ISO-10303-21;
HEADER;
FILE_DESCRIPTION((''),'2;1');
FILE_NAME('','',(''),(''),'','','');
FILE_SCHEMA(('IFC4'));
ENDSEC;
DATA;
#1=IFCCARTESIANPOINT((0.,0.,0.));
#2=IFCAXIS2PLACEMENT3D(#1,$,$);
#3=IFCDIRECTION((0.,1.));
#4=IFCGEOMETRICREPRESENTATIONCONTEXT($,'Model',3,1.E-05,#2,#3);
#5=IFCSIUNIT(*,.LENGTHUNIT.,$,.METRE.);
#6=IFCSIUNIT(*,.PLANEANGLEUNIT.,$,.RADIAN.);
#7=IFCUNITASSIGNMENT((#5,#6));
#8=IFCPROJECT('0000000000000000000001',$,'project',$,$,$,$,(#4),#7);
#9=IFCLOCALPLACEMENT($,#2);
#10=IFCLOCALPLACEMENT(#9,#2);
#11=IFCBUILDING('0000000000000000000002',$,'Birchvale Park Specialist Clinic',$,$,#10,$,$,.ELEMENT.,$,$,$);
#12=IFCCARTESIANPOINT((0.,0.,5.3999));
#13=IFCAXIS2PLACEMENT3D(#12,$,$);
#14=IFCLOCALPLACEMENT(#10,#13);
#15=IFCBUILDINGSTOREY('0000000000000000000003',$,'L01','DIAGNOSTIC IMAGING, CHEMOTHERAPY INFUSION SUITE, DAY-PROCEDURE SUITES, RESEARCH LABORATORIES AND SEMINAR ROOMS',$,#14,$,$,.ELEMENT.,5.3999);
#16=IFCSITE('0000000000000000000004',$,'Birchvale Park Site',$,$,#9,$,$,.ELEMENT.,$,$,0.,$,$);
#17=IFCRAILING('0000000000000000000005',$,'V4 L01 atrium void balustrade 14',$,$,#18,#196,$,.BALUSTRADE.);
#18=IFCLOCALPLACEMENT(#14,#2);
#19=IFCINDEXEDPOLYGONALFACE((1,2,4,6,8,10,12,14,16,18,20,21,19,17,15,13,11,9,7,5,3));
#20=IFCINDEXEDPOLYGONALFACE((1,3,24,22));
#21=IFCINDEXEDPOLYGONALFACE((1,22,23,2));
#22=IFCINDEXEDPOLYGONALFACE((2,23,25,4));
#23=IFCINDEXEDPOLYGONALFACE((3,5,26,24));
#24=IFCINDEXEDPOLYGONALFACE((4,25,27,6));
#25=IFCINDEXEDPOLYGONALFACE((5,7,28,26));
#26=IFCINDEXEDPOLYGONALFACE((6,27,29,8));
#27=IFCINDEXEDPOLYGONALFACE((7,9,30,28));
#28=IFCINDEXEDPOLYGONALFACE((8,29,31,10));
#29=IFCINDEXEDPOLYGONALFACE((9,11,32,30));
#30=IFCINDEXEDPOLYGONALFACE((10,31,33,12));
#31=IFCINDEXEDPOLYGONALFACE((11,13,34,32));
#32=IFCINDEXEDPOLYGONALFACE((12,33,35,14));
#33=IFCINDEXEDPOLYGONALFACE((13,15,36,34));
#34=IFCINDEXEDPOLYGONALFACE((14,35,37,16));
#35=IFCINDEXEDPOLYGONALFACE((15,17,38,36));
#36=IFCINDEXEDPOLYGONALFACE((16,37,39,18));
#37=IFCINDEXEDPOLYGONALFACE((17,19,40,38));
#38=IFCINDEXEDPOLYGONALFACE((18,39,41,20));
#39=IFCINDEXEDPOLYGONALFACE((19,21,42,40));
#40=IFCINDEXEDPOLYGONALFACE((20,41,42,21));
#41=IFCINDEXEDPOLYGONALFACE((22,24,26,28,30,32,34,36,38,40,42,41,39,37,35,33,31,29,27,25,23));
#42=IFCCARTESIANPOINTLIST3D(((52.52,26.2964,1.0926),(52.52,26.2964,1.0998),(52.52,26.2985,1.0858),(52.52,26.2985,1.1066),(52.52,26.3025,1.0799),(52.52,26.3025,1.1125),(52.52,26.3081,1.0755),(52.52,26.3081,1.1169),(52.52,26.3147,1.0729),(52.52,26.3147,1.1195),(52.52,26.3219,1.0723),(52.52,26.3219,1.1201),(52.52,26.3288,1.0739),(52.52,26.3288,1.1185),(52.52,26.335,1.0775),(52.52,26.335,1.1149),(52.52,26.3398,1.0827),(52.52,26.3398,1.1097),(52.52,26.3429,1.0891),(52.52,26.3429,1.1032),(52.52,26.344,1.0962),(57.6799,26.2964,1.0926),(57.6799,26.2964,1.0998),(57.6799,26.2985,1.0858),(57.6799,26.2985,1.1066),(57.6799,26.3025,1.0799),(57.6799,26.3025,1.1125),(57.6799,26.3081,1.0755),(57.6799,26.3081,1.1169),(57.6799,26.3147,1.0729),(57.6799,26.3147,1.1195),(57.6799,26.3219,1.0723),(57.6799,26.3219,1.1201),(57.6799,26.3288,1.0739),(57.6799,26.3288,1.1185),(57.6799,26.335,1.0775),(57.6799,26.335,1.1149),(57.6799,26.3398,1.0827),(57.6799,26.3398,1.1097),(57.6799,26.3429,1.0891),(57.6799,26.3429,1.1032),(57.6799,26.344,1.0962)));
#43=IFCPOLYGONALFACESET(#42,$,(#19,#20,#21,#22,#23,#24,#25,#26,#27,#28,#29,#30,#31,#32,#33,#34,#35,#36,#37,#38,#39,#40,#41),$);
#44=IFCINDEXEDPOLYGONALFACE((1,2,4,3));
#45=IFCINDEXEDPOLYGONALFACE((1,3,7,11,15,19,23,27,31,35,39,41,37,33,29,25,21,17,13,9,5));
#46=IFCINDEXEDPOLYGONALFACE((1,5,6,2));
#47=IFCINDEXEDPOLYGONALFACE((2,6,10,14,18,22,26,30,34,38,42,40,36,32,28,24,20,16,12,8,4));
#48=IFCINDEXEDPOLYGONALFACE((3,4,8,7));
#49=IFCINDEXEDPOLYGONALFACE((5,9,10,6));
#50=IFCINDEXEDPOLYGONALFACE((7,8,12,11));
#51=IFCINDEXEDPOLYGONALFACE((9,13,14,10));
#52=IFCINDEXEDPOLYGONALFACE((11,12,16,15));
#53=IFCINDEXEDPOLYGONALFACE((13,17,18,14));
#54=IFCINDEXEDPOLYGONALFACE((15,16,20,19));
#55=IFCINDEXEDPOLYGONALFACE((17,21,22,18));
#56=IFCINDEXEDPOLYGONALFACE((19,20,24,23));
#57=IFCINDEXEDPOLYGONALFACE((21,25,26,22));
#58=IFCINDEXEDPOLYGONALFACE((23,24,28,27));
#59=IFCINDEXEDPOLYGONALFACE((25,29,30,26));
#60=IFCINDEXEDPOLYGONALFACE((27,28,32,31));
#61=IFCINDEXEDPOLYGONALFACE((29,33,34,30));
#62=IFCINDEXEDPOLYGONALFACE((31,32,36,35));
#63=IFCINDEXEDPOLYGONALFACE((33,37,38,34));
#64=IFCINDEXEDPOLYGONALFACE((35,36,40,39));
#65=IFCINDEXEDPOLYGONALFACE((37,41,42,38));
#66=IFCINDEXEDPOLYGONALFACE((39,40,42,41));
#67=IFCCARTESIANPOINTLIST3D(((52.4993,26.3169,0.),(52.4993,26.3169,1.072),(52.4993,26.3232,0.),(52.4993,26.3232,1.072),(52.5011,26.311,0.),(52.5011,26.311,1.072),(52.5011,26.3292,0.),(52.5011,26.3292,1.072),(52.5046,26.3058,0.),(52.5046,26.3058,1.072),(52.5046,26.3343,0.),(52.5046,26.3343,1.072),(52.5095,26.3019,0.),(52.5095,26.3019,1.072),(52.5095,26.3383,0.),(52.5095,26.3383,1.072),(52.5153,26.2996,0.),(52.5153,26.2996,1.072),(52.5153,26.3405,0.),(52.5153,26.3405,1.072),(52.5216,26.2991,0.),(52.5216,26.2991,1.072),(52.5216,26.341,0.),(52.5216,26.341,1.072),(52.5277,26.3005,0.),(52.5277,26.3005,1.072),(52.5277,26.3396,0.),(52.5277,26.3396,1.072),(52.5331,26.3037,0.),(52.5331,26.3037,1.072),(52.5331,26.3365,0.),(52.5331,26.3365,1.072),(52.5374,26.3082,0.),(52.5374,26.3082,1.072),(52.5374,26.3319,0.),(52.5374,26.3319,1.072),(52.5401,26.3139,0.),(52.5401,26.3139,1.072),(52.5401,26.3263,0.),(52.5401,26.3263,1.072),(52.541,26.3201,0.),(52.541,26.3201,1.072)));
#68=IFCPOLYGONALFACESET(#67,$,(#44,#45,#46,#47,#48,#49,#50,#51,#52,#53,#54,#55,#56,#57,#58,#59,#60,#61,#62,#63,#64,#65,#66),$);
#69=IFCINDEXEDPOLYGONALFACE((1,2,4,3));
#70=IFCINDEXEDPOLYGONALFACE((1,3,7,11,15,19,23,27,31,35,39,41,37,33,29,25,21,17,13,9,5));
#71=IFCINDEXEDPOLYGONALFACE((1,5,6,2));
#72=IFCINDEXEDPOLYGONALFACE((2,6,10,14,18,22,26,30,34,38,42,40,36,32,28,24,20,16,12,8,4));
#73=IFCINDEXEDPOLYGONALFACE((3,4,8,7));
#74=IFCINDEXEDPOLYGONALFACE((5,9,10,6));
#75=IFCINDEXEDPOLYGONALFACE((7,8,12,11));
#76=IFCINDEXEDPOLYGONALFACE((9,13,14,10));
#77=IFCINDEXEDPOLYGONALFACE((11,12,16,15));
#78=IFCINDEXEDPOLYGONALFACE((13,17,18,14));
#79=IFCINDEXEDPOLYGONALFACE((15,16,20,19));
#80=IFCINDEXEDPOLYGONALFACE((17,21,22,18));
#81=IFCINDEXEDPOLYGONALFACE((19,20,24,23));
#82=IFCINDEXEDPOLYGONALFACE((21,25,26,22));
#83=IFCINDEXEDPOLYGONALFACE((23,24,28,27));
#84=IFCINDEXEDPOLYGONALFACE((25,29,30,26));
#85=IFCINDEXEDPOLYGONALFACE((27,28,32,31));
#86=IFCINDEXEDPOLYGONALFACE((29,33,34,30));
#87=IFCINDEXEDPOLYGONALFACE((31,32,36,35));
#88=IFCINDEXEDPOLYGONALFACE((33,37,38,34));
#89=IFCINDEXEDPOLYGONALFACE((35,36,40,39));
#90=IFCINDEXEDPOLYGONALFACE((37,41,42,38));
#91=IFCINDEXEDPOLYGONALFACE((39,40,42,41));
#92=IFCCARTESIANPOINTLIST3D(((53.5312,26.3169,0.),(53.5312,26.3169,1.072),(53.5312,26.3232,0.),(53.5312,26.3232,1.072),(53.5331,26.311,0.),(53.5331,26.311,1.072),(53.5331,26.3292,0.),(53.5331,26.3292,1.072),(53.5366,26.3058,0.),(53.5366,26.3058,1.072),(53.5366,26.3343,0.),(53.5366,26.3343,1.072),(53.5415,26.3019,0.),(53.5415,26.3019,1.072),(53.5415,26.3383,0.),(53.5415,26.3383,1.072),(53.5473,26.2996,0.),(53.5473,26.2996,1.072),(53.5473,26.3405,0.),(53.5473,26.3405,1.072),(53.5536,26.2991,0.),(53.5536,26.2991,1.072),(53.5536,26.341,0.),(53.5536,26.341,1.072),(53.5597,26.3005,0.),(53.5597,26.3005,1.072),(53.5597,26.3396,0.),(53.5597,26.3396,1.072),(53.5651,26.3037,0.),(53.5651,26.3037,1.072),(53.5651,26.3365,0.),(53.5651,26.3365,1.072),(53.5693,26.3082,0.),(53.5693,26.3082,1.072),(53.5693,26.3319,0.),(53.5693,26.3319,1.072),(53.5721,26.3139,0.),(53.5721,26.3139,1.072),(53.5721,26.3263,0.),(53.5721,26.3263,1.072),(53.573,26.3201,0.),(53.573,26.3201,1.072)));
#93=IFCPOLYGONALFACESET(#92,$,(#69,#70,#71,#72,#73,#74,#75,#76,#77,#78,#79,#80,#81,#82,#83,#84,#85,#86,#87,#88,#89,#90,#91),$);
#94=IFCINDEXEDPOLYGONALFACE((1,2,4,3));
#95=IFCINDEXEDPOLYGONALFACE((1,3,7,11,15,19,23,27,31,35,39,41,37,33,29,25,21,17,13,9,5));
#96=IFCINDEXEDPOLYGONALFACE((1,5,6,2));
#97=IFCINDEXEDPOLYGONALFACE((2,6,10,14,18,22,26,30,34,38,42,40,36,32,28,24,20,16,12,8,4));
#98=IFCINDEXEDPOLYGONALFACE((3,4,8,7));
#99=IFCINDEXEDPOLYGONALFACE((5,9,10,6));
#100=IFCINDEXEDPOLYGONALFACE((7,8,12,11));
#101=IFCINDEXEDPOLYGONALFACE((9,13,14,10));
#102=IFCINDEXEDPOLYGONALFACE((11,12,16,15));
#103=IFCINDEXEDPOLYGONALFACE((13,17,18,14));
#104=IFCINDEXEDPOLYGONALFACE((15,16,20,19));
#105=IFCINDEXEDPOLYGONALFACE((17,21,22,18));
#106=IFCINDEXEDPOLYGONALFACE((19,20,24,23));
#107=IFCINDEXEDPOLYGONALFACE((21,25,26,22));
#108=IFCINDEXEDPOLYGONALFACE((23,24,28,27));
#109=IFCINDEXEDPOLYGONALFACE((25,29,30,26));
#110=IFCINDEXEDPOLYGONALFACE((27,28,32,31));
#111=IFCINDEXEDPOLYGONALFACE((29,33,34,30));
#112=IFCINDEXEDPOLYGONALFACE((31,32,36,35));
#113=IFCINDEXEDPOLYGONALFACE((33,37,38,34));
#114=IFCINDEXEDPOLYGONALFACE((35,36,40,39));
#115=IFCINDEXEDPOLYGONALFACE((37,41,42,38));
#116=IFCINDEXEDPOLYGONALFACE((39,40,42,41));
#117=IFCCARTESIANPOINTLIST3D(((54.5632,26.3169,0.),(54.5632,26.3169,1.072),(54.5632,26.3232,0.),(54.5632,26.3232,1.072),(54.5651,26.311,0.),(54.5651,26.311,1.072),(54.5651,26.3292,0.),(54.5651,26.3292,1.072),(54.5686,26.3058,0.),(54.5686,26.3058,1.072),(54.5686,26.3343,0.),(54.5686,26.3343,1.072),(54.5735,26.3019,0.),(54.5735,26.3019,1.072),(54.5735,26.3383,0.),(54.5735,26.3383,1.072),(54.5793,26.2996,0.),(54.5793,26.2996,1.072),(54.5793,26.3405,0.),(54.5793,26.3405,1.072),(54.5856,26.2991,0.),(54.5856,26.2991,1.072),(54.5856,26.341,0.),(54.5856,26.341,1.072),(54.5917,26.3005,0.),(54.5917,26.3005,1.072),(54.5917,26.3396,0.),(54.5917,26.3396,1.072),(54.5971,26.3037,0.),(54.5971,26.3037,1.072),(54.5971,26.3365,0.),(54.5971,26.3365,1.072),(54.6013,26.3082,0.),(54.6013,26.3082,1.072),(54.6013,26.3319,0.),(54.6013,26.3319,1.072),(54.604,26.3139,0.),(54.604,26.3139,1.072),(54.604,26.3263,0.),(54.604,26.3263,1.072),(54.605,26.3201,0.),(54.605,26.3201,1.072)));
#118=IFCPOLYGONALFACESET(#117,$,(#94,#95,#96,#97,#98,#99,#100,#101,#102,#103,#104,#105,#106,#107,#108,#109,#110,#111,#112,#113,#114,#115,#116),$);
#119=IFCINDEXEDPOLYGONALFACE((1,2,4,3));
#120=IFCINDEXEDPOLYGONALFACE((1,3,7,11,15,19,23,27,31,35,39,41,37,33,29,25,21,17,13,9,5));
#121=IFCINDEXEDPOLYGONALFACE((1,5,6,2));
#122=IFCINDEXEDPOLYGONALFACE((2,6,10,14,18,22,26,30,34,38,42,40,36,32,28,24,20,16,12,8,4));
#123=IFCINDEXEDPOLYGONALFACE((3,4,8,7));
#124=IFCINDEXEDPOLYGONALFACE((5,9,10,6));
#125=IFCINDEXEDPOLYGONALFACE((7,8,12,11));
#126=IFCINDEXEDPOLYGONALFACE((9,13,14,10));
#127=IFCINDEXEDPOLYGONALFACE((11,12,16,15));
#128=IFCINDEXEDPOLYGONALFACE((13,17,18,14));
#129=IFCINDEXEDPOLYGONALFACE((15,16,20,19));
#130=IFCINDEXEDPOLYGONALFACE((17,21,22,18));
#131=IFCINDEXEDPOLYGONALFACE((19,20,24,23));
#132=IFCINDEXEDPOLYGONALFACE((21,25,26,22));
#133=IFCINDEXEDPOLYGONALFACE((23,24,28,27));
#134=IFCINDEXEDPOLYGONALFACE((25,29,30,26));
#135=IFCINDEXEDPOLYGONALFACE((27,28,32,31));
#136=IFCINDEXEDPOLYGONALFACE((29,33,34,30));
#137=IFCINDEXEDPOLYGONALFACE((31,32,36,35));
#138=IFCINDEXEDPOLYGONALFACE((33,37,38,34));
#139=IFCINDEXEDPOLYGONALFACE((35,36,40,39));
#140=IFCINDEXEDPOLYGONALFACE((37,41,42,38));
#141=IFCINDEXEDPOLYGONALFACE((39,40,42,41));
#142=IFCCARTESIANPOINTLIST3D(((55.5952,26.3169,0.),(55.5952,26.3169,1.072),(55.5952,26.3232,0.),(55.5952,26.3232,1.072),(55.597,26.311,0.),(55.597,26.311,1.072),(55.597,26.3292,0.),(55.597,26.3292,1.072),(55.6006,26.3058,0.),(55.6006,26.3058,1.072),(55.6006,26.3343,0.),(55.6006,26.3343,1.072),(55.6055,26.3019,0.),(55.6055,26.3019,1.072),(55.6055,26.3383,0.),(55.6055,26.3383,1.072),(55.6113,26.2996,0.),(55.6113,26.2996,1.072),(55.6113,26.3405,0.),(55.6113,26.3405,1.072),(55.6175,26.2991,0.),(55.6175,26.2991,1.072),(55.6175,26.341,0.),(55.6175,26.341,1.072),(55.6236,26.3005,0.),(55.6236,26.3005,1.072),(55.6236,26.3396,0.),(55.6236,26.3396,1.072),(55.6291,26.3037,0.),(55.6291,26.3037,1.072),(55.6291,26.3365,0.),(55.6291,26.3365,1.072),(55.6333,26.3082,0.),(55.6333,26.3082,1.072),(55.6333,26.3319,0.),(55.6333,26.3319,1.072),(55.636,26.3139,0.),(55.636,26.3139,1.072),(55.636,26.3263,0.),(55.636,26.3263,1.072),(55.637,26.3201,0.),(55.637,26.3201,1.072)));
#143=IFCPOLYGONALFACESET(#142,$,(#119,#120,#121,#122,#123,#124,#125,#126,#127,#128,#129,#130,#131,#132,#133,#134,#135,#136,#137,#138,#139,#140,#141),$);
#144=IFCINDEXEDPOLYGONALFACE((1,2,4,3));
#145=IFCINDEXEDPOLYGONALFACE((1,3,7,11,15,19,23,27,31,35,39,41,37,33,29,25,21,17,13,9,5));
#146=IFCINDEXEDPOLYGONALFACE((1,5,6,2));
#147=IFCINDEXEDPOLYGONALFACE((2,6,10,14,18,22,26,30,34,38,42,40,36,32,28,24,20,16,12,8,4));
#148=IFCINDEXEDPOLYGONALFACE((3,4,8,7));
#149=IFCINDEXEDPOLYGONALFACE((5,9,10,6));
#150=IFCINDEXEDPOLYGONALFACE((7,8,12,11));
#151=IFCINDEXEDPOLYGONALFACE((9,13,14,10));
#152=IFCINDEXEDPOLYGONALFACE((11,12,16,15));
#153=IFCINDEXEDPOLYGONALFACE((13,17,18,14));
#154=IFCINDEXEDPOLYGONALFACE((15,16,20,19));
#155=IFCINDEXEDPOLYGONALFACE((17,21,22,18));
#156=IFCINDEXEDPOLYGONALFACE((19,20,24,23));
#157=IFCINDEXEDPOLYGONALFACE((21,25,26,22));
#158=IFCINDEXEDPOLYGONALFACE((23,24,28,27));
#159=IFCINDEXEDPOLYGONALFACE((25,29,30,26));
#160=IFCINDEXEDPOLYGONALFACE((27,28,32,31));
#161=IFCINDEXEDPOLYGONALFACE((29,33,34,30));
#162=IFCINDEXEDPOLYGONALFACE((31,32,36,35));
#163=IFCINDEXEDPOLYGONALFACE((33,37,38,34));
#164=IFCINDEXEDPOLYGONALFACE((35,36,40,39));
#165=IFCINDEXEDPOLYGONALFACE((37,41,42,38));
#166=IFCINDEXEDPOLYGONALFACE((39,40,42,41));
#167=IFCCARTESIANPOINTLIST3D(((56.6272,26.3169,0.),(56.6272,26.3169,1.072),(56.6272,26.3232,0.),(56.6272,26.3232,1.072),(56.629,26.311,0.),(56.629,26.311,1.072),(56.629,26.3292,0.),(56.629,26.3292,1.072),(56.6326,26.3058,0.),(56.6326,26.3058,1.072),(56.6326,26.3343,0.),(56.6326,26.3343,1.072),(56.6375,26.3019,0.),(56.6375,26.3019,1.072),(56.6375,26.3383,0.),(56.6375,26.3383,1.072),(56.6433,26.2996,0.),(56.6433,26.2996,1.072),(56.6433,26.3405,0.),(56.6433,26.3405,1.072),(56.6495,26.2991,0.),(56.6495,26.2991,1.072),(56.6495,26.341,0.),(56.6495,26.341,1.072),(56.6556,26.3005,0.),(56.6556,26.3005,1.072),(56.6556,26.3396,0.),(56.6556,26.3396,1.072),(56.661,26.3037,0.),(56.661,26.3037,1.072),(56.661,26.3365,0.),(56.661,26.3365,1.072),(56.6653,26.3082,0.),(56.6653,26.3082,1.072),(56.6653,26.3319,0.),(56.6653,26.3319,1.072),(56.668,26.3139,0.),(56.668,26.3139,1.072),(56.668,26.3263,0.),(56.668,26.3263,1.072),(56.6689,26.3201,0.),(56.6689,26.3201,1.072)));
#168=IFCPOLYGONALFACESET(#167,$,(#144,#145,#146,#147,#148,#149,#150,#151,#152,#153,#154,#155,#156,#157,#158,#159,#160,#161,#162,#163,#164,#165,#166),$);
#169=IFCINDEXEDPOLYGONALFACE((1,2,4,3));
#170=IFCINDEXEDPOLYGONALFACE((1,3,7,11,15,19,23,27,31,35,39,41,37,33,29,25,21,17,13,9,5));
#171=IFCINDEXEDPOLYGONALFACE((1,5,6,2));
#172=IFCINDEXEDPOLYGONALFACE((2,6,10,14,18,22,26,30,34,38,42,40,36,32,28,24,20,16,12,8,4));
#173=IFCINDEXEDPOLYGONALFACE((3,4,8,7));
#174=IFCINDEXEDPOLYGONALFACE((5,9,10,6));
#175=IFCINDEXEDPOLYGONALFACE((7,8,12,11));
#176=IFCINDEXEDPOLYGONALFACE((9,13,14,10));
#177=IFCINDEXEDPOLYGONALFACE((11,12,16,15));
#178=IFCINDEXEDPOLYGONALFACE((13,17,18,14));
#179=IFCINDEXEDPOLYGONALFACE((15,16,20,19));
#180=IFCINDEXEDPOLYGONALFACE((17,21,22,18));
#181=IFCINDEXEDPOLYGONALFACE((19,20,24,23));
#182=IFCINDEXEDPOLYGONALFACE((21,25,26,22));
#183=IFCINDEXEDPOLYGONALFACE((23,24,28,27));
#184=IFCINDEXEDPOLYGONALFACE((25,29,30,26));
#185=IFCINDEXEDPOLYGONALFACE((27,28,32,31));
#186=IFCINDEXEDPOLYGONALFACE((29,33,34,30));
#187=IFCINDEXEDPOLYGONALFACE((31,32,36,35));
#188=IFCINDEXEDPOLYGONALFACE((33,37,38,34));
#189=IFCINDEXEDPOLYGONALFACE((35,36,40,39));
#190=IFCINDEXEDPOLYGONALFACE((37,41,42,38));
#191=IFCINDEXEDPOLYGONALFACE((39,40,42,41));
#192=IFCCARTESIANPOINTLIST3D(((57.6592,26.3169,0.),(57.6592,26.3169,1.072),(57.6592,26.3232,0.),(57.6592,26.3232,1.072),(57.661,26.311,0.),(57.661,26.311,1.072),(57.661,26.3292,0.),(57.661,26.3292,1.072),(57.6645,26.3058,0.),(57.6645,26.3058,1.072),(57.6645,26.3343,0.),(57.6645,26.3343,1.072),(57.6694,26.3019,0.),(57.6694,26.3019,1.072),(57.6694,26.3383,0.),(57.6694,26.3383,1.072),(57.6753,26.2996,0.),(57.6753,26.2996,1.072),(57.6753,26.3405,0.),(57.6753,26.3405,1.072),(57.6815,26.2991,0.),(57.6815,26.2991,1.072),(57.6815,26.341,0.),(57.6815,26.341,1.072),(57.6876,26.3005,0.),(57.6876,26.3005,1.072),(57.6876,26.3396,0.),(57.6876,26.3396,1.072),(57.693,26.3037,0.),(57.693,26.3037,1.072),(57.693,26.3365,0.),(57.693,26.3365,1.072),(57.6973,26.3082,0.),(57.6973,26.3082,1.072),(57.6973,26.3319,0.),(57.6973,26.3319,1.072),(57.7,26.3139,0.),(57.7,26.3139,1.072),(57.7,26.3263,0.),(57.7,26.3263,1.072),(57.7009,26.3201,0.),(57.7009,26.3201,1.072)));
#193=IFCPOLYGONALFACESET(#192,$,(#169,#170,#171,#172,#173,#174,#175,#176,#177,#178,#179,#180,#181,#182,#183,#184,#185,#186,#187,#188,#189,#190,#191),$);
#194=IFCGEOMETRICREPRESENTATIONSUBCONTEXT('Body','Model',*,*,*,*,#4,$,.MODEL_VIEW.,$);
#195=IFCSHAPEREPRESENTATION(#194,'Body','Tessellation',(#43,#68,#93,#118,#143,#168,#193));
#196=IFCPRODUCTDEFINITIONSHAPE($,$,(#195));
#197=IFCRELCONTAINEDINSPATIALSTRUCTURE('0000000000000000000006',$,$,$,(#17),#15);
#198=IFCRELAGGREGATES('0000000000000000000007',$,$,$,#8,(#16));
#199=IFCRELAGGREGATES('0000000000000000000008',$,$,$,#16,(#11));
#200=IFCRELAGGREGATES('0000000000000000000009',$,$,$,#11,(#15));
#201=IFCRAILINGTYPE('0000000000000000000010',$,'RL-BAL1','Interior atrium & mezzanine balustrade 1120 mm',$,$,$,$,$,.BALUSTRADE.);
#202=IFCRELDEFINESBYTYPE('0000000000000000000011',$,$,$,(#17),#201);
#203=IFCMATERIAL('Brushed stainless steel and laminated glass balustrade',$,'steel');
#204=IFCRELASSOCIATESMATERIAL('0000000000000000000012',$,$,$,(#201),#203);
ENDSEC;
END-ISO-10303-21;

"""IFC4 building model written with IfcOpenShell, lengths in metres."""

from ifc_helpers import new_model, si_unit, direction, frame, origin, origin_2d, place, context, subcontext, project, spatial, circle, extrude, material, type_object, element, save


model = new_model("IFC4")

# Units and contexts
model_context = context("Model", 3, precision=1e-05, world=origin(), true_north=direction((0.0, 1.0)))
body_context = subcontext(model_context, "Body", "Model", "MODEL_VIEW")
ifc_project = project(units=[si_unit("LENGTHUNIT", "METRE"), si_unit("PLANEANGLEUNIT", "RADIAN")], contexts=[model_context])

# Site, building, storey
site_placement = place(None, origin())
site = spatial("IfcSite", under=ifc_project, at=site_placement, Name="Birchvale Park Site", CompositionType="ELEMENT", RefElevation=0.0)
building_placement = place(site_placement, origin())
building = spatial("IfcBuilding", under=site, at=building_placement, Name="Birchvale Park Specialist Clinic", CompositionType="ELEMENT")
storey_placement = place(building_placement, frame((0.0, 0.0, 5.3999)))
storey = spatial("IfcBuildingStorey", under=building, at=storey_placement, Name="L01", Description="DIAGNOSTIC IMAGING, CHEMOTHERAPY INFUSION SUITE, DAY-PROCEDURE SUITES, RESEARCH LABORATORIES AND SEMINAR ROOMS", CompositionType="ELEMENT", Elevation=5.3999)

# Railing
ifc_material_1 = material(Name="Brushed stainless steel and laminated glass balustrade", Category="steel")
railing_type = type_object("IfcRailingType", Name="RL-BAL1", Description="Interior atrium & mezzanine balustrade 1120 mm", PredefinedType="BALUSTRADE", material=ifc_material_1)
railing_1_placement = place(storey_placement, frame((52.52, 26.3201, 0.0)))
element("IfcRailing", 1, at=railing_1_placement, inside=storey, type_object=railing_type, Name="V4 L01 atrium void balustrade 14", PredefinedType="BALUSTRADE", context=body_context, shape_type="SweptSolid", body=[
    extrude(circle(Radius=0.0239, at=origin_2d()), frame((0.0, 0.0, 1.0962), z_axis=(1.0, 0.0, 0.0), x_axis=(0.0, 1.0, 0.0)), (0.0, 0.0, 1.0), 5.1599),
    extrude(circle(Radius=0.021, at=origin_2d()), origin(), (0.0, 0.0, 1.0), 1.072),
    extrude(circle(Radius=0.021, at=origin_2d()), frame((1.032, 0.0, 0.0)), (0.0, 0.0, 1.0), 1.072),
    extrude(circle(Radius=0.021, at=origin_2d()), frame((2.064, 0.0, 0.0)), (0.0, 0.0, 1.0), 1.072),
    extrude(circle(Radius=0.021, at=origin_2d()), frame((3.0959, 0.0, 0.0)), (0.0, 0.0, 1.0), 1.072),
    extrude(circle(Radius=0.021, at=origin_2d()), frame((4.1279, 0.0, 0.0)), (0.0, 0.0, 1.0), 1.072),
    extrude(circle(Radius=0.021, at=origin_2d()), frame((5.1599, 0.0, 0.0)), (0.0, 0.0, 1.0), 1.072),
])

save(model, "model.ifc")
